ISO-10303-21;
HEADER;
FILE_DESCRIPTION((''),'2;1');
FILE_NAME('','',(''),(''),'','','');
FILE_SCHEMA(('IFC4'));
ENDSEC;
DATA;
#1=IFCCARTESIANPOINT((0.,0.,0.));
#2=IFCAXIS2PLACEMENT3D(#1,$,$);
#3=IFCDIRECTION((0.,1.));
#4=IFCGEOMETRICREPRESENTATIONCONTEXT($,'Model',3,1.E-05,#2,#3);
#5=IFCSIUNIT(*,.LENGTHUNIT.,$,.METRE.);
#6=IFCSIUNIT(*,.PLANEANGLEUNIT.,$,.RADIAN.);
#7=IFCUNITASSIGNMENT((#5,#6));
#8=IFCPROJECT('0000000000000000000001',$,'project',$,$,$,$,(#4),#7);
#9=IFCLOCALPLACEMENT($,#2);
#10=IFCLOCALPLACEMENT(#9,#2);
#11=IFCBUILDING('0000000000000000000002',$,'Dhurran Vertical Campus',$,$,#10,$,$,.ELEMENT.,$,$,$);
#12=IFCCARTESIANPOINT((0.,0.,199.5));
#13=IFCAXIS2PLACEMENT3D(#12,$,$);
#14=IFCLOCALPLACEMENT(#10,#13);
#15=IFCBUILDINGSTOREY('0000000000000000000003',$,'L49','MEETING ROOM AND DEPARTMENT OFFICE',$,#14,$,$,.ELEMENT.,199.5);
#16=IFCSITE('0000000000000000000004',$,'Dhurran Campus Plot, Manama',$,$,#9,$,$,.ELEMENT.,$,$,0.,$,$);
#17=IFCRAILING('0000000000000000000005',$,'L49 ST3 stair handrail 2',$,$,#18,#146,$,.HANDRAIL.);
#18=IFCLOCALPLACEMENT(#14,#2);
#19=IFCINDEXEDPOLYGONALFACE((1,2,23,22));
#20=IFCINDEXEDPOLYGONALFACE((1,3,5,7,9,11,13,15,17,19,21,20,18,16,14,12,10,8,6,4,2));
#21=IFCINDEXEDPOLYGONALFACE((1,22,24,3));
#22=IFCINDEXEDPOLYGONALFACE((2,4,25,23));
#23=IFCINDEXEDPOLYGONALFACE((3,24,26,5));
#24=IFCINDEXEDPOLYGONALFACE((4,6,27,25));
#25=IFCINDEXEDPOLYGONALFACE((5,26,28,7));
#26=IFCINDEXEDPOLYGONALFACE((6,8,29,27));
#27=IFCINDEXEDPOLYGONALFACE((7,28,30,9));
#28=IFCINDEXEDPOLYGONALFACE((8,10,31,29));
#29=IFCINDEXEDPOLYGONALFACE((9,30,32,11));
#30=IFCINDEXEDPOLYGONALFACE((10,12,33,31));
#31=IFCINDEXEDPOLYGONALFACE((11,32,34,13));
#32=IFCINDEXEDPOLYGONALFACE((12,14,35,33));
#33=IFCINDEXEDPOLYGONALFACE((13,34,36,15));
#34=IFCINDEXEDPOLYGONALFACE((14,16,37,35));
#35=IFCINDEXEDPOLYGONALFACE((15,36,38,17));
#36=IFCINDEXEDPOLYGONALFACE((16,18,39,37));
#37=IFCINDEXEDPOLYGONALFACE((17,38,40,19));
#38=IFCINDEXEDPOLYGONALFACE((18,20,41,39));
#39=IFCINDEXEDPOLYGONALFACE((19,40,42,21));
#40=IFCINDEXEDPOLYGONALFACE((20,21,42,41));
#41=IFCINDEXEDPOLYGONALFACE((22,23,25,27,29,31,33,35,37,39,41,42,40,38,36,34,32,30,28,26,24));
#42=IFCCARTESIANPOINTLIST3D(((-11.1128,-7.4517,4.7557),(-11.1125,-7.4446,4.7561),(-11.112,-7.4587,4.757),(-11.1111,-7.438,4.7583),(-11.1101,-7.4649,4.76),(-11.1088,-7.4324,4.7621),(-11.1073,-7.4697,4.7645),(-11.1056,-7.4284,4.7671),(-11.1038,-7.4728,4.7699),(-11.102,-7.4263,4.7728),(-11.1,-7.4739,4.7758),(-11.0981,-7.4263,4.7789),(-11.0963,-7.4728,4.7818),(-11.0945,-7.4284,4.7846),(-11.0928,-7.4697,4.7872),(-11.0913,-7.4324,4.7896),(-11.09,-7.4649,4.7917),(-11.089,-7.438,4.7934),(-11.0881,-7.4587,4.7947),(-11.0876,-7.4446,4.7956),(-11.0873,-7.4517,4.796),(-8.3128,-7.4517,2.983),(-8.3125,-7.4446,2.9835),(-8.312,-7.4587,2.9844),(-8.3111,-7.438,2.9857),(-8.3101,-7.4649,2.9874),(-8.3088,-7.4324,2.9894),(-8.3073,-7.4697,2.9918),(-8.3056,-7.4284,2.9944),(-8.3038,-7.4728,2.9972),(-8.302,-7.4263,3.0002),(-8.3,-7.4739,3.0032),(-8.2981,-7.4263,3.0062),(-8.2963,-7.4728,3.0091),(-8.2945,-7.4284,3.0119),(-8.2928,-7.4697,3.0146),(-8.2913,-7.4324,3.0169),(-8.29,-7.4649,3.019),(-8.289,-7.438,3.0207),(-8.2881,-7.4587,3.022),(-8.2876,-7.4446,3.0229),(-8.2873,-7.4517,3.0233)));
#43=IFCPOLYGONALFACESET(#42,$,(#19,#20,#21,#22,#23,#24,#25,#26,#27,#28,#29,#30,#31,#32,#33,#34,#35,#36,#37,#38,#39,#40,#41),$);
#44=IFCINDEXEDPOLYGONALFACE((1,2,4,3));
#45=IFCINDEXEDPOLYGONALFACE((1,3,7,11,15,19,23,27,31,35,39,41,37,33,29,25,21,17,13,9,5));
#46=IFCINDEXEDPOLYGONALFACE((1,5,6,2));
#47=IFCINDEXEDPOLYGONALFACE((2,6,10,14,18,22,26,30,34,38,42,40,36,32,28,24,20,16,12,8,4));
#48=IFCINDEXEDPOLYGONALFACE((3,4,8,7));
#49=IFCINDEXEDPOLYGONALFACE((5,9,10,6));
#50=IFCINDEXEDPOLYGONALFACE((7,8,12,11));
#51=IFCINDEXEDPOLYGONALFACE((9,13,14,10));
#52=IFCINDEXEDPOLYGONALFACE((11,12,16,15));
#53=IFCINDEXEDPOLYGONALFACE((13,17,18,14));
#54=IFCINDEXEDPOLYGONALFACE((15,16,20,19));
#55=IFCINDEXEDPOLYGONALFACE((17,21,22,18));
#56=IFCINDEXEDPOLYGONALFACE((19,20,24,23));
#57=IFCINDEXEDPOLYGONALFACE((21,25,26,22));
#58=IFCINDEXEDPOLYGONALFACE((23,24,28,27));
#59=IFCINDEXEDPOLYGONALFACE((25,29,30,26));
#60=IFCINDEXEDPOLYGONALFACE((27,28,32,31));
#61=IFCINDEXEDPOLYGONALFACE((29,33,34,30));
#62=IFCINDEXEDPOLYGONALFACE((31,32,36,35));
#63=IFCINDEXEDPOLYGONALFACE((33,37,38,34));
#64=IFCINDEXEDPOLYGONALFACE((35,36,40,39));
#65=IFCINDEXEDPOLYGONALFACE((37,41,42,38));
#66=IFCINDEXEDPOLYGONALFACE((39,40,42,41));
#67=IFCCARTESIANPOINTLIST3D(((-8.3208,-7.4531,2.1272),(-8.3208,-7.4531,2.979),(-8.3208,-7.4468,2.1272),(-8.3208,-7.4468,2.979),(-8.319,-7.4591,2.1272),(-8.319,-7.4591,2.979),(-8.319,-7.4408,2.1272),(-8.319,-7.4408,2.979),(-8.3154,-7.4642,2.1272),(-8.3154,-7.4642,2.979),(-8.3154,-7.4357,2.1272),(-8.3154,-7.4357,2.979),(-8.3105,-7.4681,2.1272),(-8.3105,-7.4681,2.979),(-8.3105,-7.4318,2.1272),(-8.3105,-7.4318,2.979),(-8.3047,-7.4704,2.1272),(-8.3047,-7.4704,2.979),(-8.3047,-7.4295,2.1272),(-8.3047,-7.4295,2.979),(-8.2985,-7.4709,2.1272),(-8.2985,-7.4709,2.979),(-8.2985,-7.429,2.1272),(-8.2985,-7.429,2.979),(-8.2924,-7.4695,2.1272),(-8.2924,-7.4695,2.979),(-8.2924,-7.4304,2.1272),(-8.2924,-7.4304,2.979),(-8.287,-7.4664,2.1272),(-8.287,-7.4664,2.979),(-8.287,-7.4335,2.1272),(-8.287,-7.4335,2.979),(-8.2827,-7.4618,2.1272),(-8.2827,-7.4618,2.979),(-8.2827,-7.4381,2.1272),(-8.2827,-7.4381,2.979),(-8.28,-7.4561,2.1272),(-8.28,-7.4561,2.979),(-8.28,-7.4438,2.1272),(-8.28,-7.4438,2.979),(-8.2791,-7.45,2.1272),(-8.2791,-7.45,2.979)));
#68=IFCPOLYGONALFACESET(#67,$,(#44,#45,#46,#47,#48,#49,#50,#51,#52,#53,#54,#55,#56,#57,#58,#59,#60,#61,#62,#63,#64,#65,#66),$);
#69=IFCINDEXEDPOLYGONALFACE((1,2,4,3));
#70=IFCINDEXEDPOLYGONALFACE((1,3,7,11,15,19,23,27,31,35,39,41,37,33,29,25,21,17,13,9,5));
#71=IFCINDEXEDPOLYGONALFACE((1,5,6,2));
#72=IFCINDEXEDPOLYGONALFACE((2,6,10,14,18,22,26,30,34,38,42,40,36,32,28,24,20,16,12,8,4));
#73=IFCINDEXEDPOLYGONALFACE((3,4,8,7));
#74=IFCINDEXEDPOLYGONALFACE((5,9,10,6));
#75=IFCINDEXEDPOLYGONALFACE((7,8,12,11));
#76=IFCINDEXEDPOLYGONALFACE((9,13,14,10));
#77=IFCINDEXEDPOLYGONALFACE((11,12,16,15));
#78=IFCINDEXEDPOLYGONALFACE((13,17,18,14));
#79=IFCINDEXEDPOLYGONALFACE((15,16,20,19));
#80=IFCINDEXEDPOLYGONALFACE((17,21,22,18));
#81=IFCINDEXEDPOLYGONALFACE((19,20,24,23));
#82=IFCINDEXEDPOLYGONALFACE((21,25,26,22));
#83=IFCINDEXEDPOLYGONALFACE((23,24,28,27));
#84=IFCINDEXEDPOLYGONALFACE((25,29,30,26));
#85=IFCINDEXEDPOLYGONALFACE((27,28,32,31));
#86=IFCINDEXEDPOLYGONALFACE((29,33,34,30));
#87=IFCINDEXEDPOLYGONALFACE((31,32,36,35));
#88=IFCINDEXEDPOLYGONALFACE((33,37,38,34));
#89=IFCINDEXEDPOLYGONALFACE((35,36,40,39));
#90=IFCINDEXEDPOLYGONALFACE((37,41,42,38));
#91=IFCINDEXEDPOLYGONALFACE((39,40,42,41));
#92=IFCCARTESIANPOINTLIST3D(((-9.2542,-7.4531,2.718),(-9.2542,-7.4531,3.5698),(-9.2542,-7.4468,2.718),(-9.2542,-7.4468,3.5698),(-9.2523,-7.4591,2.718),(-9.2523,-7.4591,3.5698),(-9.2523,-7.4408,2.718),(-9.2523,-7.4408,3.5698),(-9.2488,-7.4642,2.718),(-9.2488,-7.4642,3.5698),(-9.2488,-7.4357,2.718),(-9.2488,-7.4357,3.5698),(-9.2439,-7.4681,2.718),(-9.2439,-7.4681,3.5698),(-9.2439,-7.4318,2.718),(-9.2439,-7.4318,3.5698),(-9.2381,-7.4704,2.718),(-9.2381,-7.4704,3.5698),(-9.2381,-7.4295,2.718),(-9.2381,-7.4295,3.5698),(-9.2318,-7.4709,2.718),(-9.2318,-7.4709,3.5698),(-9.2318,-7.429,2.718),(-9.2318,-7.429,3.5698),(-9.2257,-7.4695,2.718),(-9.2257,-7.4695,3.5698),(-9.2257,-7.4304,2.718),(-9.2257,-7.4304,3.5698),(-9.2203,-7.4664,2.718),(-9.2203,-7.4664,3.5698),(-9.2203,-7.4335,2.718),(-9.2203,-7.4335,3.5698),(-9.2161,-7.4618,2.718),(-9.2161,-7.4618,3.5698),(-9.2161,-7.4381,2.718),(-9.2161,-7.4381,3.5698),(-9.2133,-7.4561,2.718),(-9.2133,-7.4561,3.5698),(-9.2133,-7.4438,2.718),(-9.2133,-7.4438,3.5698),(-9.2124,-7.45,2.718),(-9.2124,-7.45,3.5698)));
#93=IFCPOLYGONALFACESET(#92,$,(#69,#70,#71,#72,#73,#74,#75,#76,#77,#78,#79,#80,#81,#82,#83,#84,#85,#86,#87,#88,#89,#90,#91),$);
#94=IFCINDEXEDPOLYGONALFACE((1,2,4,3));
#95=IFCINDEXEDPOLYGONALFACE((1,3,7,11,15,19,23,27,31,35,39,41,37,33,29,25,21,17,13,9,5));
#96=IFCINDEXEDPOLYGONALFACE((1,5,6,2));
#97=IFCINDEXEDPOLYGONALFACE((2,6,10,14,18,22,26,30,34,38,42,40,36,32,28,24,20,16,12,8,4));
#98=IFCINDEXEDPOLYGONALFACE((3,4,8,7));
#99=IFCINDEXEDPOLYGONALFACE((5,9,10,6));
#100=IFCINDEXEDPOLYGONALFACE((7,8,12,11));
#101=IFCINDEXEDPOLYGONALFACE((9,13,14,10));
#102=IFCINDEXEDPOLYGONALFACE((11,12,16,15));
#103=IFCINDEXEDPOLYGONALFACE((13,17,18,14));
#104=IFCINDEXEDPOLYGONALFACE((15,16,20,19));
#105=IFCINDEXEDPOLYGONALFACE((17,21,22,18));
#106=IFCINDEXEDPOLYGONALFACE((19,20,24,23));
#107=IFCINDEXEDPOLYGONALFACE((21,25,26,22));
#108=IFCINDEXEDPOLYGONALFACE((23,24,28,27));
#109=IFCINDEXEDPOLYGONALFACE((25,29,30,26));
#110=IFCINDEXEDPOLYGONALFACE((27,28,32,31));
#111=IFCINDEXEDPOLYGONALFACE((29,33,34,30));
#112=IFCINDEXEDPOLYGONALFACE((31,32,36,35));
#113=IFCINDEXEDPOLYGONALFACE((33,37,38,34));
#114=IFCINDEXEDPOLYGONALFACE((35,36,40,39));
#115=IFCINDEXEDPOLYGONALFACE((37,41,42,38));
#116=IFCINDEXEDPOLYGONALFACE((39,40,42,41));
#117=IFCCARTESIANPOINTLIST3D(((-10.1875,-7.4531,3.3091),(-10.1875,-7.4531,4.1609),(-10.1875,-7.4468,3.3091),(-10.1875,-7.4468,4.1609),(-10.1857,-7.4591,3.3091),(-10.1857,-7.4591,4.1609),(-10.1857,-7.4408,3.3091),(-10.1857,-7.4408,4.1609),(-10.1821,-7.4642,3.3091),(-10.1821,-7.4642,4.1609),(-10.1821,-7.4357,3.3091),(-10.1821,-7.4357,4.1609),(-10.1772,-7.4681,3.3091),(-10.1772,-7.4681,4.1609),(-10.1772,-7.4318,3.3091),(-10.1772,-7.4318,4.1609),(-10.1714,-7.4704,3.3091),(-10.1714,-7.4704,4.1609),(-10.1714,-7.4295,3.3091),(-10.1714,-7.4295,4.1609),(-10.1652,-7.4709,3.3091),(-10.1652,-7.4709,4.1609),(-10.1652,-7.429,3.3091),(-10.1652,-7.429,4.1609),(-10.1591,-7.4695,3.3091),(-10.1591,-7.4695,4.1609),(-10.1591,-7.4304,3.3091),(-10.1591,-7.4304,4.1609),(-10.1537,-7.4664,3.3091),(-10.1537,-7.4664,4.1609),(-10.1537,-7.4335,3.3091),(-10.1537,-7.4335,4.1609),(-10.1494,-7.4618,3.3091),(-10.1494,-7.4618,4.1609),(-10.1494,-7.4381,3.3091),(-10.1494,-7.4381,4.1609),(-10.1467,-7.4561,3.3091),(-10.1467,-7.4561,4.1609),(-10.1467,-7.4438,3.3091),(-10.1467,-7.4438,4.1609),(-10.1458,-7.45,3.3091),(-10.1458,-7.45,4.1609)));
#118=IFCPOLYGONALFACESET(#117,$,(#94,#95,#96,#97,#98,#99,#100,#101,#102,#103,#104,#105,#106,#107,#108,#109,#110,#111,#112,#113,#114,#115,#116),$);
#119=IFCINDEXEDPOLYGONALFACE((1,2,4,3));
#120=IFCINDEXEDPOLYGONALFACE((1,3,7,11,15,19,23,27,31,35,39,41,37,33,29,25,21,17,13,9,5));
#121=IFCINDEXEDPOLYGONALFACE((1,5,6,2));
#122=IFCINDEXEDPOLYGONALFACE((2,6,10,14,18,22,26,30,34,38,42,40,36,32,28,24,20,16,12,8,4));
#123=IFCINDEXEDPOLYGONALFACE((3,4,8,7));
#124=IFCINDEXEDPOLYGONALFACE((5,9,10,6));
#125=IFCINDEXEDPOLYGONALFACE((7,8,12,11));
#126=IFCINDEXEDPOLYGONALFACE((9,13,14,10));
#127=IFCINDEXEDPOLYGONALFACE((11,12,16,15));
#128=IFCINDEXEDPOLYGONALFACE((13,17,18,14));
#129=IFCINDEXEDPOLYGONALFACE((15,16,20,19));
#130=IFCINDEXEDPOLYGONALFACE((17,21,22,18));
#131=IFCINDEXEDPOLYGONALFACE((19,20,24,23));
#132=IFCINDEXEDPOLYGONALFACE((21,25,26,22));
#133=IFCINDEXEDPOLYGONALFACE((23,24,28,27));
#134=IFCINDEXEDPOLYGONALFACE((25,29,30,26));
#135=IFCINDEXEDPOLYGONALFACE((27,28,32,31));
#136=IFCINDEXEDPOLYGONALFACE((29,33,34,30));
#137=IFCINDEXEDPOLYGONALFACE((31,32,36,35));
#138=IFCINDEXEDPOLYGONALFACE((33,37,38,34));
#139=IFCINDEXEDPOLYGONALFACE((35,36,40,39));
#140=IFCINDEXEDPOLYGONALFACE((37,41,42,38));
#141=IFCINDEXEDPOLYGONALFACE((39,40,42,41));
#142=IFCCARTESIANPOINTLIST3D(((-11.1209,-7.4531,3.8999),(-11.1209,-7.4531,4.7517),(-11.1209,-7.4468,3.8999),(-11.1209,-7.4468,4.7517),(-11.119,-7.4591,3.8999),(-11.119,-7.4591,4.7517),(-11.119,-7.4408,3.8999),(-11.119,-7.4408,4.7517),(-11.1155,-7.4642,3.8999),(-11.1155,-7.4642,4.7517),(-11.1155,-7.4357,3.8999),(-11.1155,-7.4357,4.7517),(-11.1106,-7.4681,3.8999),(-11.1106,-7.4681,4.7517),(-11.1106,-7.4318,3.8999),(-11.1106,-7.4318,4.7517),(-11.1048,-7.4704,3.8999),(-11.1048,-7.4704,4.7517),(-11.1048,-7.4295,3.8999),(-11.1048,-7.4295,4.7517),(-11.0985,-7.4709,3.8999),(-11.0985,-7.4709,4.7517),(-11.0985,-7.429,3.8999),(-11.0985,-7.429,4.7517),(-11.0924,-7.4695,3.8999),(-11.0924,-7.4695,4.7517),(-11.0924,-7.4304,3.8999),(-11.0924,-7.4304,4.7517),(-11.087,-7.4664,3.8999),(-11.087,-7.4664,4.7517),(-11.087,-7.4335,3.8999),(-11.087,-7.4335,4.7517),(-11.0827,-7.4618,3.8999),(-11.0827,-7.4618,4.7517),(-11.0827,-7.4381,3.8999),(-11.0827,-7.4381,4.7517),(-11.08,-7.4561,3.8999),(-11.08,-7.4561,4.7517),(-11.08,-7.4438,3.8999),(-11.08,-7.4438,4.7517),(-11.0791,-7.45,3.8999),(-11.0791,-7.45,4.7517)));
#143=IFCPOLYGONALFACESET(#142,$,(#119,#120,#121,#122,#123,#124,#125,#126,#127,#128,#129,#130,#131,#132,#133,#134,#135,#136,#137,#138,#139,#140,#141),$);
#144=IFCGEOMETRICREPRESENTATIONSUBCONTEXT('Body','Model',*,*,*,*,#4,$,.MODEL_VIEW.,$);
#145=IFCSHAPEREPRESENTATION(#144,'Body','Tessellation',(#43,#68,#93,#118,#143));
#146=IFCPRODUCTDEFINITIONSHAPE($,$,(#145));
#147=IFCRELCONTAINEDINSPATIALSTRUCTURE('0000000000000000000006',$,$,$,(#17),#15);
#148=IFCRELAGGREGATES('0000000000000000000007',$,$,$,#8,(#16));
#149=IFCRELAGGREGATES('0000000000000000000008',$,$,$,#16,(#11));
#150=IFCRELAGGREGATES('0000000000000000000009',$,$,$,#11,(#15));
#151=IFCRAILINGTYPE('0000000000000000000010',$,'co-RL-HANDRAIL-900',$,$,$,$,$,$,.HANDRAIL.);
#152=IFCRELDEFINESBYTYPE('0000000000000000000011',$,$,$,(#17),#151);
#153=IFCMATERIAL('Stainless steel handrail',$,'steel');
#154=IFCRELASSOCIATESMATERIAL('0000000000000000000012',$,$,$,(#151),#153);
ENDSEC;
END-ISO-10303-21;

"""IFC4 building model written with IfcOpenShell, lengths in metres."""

from ifc_helpers import new_model, si_unit, direction, frame, origin, origin_2d, place, context, subcontext, project, spatial, circle, extrude, material, type_object, element, save


model = new_model("IFC4")

# Units and contexts
model_context = context("Model", 3, precision=1e-05, world=origin(), true_north=direction((0.0, 1.0)))
body_context = subcontext(model_context, "Body", "Model", "MODEL_VIEW")
ifc_project = project(units=[si_unit("LENGTHUNIT", "METRE"), si_unit("PLANEANGLEUNIT", "RADIAN")], contexts=[model_context])

# Site, building, storey
site_placement = place(None, origin())
site = spatial("IfcSite", under=ifc_project, at=site_placement, Name="Dhurran Campus Plot, Manama", CompositionType="ELEMENT", RefElevation=0.0)
building_placement = place(site_placement, origin())
building = spatial("IfcBuilding", under=site, at=building_placement, Name="Dhurran Vertical Campus", CompositionType="ELEMENT")
storey_placement = place(building_placement, frame((0.0, 0.0, 199.5)))
storey = spatial("IfcBuildingStorey", under=building, at=storey_placement, Name="L49", Description="MEETING ROOM AND DEPARTMENT OFFICE", CompositionType="ELEMENT", Elevation=199.5)

# Railing
ifc_material_1 = material(Name="Stainless steel handrail", Category="steel")
railing_type_1 = type_object("IfcRailingType", Name="co-RL-HANDRAIL-900", PredefinedType="HANDRAIL", material=ifc_material_1)
railing_1_placement = place(storey_placement, frame((-8.3, -7.45, 2.1272)))
element("IfcRailing", 1, at=railing_1_placement, inside=storey, type_object=railing_type_1, Name="L49 ST3 stair handrail 2", PredefinedType="HANDRAIL", context=body_context, shape_type="SweptSolid", body=[
    extrude(circle(Radius=0.0239, at=origin_2d()), frame((0.0, 0.0, 0.876), z_axis=(-0.844909, 0.0, 0.53491), x_axis=(0.0, -1.0, 0.0)), (0.0, 0.0, 1.0), 3.314),
    extrude(circle(Radius=0.021, at=origin_2d()), origin(), (0.0, 0.0, 1.0), 0.8518),
    extrude(circle(Radius=0.021, at=origin_2d()), frame((-0.9333, 0.0, 0.5908)), (0.0, 0.0, 1.0), 0.8518),
    extrude(circle(Radius=0.021, at=origin_2d()), frame((-1.8667, 0.0, 1.1819)), (0.0, 0.0, 1.0), 0.8518),
    extrude(circle(Radius=0.021, at=origin_2d()), frame((-2.8, 0.0, 1.7727)), (0.0, 0.0, 1.0), 0.8518),
])

save(model, "model.ifc")
